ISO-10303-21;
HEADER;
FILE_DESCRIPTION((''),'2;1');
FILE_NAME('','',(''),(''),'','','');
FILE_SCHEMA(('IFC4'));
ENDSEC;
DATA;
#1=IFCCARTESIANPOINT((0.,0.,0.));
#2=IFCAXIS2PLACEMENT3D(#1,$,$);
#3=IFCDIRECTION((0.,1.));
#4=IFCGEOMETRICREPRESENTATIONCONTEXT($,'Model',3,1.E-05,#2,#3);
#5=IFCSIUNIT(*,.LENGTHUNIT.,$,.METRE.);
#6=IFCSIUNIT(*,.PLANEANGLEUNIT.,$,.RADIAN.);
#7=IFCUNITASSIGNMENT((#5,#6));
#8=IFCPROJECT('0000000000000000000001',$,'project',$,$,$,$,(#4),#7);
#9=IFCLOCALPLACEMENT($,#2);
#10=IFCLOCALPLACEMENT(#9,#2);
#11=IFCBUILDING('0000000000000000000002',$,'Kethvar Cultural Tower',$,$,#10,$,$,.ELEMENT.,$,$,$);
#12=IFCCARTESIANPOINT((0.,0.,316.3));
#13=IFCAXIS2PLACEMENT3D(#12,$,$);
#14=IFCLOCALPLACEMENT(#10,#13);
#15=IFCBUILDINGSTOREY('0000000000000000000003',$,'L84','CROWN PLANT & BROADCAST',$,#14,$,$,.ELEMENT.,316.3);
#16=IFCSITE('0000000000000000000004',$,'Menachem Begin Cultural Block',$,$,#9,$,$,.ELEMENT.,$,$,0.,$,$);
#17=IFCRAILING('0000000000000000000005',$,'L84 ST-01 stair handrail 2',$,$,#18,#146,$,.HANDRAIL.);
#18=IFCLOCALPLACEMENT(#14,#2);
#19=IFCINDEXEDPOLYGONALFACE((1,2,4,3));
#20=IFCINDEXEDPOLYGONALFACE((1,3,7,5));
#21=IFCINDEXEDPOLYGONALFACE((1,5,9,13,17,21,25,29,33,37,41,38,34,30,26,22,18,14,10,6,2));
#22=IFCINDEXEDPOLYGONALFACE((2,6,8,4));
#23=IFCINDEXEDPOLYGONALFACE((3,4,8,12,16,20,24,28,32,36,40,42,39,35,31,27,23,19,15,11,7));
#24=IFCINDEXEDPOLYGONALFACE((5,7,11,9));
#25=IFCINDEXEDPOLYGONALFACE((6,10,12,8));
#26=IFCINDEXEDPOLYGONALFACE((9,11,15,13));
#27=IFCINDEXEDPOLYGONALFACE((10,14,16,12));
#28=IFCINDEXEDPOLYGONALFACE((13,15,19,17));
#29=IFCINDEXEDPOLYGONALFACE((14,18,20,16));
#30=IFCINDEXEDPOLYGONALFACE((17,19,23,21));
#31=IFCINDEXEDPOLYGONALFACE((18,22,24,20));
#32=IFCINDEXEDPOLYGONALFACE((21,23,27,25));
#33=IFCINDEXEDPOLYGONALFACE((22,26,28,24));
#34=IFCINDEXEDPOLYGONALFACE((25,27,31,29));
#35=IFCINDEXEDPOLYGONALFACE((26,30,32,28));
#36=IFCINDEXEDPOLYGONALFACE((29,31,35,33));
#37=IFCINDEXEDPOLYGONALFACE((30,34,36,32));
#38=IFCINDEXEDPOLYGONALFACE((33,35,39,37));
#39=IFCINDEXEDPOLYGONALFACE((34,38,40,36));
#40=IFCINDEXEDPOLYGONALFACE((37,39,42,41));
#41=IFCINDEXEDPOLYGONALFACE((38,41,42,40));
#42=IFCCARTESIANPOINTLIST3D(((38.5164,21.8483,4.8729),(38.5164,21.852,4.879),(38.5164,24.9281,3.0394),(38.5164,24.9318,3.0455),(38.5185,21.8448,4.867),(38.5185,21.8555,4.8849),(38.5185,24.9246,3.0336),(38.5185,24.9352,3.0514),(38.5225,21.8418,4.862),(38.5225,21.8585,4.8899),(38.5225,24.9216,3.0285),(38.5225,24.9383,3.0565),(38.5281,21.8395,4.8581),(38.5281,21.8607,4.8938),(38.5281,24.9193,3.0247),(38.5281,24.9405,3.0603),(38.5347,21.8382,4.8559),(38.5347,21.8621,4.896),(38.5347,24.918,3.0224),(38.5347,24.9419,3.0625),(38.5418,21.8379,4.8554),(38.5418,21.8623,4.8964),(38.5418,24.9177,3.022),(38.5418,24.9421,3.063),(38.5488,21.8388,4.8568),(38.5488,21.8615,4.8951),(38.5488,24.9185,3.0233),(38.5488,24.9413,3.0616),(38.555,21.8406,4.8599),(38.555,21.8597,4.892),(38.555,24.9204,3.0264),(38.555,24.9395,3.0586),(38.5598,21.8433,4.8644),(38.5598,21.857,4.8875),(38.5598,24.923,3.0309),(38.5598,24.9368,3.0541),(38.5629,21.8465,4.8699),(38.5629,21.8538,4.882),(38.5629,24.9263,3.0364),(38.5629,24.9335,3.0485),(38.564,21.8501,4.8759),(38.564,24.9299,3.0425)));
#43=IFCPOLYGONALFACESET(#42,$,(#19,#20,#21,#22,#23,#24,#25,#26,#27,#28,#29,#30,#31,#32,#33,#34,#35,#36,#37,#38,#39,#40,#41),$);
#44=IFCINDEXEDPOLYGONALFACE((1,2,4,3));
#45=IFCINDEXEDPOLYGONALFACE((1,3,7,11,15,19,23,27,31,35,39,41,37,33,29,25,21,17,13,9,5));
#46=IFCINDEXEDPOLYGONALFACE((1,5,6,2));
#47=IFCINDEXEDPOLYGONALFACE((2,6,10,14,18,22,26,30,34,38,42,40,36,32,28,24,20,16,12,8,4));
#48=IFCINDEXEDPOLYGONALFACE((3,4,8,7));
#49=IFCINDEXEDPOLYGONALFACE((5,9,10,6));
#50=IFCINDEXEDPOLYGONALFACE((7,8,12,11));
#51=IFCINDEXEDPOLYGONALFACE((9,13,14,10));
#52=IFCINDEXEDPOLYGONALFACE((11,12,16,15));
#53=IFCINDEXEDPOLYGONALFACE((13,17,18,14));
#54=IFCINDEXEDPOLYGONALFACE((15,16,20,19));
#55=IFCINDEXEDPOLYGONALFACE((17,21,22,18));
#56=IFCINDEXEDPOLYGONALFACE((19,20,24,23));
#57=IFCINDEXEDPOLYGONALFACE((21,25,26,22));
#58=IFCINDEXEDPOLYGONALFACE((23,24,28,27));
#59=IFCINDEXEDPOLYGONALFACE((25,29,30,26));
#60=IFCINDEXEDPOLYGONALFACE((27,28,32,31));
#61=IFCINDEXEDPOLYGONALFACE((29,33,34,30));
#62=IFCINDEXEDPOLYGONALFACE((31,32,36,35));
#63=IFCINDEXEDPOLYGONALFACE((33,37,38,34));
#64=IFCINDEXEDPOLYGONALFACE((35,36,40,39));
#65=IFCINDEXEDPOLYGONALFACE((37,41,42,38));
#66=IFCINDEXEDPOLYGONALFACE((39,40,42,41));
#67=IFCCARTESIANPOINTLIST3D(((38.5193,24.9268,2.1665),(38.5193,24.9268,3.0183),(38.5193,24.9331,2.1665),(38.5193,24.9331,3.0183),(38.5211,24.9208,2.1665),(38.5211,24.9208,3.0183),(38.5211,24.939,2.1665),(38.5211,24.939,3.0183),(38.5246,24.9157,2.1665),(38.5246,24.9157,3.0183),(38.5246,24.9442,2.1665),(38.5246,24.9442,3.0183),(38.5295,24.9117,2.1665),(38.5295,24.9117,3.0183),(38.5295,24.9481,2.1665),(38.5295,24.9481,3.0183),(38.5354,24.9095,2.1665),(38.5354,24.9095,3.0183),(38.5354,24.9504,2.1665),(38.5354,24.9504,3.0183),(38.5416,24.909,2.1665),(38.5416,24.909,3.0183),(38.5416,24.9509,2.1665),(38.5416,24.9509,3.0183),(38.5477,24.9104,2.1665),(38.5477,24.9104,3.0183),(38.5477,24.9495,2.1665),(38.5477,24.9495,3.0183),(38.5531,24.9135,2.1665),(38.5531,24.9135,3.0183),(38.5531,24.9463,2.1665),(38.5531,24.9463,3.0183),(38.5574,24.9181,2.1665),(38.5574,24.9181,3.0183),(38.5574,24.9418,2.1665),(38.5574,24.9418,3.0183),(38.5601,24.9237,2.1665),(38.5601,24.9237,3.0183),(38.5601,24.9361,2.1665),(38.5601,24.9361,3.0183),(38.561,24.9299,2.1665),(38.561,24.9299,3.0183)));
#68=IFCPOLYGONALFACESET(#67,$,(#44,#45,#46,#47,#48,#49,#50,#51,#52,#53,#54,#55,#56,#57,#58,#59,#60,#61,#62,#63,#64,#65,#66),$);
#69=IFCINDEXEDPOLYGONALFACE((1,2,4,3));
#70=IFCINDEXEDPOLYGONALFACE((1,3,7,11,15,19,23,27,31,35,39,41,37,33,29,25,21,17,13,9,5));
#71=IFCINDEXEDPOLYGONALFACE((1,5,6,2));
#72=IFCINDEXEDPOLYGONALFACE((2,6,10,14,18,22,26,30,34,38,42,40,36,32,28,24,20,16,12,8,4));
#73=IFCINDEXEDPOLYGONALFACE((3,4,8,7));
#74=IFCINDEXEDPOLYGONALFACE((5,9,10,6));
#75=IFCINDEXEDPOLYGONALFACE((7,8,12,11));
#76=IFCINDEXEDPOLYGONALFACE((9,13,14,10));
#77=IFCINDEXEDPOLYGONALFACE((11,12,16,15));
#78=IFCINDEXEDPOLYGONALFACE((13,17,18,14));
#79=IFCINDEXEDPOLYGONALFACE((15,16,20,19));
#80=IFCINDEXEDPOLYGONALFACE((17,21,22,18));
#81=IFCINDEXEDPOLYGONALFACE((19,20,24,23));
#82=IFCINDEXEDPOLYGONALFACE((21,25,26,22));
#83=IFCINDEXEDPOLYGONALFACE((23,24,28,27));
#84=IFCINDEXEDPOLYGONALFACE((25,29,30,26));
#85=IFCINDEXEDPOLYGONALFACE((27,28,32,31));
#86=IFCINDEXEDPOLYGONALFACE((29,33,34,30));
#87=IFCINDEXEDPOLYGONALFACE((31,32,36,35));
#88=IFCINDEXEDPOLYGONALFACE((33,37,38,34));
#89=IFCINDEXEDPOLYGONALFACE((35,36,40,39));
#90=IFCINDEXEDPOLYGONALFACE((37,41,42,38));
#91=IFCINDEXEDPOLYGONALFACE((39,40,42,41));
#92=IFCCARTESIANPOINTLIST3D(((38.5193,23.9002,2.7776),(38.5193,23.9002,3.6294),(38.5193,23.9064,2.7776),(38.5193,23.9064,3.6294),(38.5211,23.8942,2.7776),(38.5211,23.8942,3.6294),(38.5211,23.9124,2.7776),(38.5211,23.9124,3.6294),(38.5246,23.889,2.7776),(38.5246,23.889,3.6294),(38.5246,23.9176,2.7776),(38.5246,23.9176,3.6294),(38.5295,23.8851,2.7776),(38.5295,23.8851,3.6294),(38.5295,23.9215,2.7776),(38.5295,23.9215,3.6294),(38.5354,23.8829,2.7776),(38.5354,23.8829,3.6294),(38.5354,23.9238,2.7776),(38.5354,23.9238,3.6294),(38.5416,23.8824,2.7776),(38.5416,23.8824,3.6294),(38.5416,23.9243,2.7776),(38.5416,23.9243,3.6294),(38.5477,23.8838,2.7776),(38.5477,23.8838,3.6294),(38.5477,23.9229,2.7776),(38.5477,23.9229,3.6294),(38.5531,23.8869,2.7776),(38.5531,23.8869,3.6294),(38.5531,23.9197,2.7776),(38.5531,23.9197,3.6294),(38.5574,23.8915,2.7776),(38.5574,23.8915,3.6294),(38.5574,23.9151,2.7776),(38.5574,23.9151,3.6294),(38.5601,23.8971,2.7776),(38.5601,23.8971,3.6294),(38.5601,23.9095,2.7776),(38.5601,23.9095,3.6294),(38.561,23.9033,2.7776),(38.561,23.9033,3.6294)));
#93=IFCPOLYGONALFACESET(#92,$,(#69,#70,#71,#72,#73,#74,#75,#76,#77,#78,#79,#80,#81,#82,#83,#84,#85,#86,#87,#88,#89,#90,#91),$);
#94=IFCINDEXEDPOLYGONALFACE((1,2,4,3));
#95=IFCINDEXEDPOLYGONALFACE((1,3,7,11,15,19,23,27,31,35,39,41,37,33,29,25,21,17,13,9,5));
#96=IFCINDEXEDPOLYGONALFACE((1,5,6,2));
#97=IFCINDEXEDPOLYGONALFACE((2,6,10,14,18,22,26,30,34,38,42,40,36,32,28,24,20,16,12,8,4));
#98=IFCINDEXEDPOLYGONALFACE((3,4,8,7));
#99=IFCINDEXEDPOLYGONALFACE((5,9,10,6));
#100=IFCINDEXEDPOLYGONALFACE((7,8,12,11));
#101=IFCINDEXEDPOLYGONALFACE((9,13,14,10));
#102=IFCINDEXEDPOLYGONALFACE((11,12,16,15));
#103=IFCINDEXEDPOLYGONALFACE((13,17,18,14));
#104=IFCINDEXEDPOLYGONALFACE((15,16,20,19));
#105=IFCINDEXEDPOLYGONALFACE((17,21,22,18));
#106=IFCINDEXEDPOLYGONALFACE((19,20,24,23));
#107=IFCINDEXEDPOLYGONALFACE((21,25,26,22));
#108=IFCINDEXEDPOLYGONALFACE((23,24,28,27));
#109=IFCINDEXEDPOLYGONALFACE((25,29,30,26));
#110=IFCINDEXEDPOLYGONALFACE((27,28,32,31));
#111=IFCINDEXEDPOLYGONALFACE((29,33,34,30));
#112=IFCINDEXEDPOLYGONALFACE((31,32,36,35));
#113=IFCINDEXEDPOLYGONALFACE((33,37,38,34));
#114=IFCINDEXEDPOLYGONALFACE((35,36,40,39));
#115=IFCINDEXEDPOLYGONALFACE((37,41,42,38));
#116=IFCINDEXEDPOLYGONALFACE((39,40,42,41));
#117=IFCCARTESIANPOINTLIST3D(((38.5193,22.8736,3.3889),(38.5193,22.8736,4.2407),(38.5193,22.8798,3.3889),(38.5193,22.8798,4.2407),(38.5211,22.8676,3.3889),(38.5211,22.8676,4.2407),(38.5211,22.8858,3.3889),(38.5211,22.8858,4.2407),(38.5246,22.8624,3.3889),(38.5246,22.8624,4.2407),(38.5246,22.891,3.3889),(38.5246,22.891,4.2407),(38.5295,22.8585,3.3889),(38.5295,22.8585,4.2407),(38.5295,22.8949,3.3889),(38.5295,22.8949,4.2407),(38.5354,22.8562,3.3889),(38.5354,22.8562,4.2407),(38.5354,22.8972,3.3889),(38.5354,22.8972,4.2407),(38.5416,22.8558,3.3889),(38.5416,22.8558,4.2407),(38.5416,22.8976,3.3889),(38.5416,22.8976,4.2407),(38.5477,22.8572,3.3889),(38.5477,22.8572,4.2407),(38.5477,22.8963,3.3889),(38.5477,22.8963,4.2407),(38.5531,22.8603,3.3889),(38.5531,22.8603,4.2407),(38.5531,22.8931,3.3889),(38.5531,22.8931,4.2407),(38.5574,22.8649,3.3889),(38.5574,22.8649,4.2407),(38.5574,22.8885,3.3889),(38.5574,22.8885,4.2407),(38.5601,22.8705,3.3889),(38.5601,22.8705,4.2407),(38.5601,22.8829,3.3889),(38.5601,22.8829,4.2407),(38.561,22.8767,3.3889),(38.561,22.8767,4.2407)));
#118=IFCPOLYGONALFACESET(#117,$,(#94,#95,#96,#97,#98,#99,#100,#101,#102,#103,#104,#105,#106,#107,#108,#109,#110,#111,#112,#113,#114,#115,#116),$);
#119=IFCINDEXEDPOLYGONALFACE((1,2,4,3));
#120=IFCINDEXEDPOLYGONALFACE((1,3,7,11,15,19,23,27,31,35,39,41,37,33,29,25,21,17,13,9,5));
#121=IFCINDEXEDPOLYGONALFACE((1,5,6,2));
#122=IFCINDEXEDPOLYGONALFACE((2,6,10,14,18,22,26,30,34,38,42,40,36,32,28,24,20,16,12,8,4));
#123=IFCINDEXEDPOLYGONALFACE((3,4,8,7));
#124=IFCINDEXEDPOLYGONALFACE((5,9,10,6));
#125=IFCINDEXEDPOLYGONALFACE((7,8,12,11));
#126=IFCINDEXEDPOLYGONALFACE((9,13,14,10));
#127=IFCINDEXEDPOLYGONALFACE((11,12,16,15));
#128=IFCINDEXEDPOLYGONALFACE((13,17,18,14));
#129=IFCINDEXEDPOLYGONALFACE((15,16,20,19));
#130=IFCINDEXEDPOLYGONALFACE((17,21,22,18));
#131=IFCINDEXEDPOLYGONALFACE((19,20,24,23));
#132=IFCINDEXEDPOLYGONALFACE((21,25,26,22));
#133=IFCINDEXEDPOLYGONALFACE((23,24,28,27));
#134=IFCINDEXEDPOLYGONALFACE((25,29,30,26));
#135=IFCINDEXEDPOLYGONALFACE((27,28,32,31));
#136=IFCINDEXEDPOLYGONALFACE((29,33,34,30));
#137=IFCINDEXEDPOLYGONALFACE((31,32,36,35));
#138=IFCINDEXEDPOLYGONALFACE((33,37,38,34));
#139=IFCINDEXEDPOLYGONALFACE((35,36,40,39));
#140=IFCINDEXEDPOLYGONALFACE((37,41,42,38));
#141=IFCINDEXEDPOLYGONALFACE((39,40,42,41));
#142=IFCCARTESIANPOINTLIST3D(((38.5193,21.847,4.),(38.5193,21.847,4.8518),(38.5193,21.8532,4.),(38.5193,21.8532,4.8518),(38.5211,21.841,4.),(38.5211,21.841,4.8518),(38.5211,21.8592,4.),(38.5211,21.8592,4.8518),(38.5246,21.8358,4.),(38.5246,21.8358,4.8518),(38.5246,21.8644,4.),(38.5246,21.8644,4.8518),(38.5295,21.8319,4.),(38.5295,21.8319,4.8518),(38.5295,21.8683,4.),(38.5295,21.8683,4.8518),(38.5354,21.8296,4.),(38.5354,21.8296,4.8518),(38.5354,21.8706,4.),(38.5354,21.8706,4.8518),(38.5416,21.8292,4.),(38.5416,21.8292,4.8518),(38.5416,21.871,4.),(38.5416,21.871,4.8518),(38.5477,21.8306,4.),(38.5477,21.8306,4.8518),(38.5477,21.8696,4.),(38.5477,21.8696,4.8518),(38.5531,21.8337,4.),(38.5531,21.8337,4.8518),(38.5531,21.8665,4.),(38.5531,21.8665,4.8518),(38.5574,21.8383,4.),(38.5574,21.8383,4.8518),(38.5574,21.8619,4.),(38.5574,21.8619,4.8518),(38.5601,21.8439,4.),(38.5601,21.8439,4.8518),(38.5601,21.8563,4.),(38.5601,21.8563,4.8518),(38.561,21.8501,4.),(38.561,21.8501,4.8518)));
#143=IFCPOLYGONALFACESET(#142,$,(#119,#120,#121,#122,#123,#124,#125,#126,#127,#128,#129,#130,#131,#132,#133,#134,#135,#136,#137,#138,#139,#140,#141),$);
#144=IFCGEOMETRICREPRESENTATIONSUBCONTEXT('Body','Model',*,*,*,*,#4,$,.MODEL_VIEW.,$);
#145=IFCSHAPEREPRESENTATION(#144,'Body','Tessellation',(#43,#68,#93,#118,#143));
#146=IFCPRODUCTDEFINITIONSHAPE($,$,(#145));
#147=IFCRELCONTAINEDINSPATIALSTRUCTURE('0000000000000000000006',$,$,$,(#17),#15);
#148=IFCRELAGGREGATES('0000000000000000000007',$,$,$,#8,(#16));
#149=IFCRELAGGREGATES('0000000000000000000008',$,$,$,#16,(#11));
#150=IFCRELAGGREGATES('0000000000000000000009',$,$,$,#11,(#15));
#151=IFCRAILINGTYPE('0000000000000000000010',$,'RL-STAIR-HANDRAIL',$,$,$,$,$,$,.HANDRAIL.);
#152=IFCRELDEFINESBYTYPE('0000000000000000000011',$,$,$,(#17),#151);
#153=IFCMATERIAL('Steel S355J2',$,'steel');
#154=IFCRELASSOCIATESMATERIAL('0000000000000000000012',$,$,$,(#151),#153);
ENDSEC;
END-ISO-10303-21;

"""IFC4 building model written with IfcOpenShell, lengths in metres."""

from ifc_helpers import new_model, si_unit, direction, frame, origin, origin_2d, place, context, subcontext, project, spatial, circle, extrude, material, type_object, element, save


model = new_model("IFC4")

# Units and contexts
model_context = context("Model", 3, precision=1e-05, world=origin(), true_north=direction((0.0, 1.0)))
body_context = subcontext(model_context, "Body", "Model", "MODEL_VIEW")
ifc_project = project(units=[si_unit("LENGTHUNIT", "METRE"), si_unit("PLANEANGLEUNIT", "RADIAN")], contexts=[model_context])

# Site, building, storey
site_placement = place(None, origin())
site = spatial("IfcSite", under=ifc_project, at=site_placement, Name="Menachem Begin Cultural Block", CompositionType="ELEMENT", RefElevation=0.0)
building_placement = place(site_placement, origin())
building = spatial("IfcBuilding", under=site, at=building_placement, Name="Kethvar Cultural Tower", CompositionType="ELEMENT")
storey_placement = place(building_placement, frame((0.0, 0.0, 316.3)))
storey = spatial("IfcBuildingStorey", under=building, at=storey_placement, Name="L84", Description="CROWN PLANT & BROADCAST", CompositionType="ELEMENT", Elevation=316.3)

# Shared definitions
ifc_material_1 = material(Name="Steel S355J2", Category="steel")

# Railing
railing_type_1 = type_object("IfcRailingType", Name="RL-STAIR-HANDRAIL", PredefinedType="HANDRAIL", material=ifc_material_1)
railing_1_placement = place(storey_placement, frame((38.54, 24.9299, 2.1665)))
element("IfcRailing", 1, at=railing_1_placement, inside=storey, type_object=railing_type_1, Name="L84 ST-01 stair handrail 2", PredefinedType="HANDRAIL", context=body_context, shape_type="SweptSolid", body=[
    extrude(circle(Radius=0.0239, at=origin_2d()), frame((0.0, 0.0, 0.876), z_axis=(0.0, -0.859261, 0.511538), x_axis=(1.0, 0.0, 0.0)), (0.0, 0.0, 1.0), 3.5842),
    extrude(circle(Radius=0.021, at=origin_2d()), origin(), (0.0, 0.0, 1.0), 0.8518),
    extrude(circle(Radius=0.021, at=origin_2d()), frame((0.0, -1.0266, 0.6111)), (0.0, 0.0, 1.0), 0.8518),
    extrude(circle(Radius=0.021, at=origin_2d()), frame((0.0, -2.0532, 1.2224)), (0.0, 0.0, 1.0), 0.8518),
    extrude(circle(Radius=0.021, at=origin_2d()), frame((0.0, -3.0798, 1.8335)), (0.0, 0.0, 1.0), 0.8518),
])

save(model, "model.ifc")
